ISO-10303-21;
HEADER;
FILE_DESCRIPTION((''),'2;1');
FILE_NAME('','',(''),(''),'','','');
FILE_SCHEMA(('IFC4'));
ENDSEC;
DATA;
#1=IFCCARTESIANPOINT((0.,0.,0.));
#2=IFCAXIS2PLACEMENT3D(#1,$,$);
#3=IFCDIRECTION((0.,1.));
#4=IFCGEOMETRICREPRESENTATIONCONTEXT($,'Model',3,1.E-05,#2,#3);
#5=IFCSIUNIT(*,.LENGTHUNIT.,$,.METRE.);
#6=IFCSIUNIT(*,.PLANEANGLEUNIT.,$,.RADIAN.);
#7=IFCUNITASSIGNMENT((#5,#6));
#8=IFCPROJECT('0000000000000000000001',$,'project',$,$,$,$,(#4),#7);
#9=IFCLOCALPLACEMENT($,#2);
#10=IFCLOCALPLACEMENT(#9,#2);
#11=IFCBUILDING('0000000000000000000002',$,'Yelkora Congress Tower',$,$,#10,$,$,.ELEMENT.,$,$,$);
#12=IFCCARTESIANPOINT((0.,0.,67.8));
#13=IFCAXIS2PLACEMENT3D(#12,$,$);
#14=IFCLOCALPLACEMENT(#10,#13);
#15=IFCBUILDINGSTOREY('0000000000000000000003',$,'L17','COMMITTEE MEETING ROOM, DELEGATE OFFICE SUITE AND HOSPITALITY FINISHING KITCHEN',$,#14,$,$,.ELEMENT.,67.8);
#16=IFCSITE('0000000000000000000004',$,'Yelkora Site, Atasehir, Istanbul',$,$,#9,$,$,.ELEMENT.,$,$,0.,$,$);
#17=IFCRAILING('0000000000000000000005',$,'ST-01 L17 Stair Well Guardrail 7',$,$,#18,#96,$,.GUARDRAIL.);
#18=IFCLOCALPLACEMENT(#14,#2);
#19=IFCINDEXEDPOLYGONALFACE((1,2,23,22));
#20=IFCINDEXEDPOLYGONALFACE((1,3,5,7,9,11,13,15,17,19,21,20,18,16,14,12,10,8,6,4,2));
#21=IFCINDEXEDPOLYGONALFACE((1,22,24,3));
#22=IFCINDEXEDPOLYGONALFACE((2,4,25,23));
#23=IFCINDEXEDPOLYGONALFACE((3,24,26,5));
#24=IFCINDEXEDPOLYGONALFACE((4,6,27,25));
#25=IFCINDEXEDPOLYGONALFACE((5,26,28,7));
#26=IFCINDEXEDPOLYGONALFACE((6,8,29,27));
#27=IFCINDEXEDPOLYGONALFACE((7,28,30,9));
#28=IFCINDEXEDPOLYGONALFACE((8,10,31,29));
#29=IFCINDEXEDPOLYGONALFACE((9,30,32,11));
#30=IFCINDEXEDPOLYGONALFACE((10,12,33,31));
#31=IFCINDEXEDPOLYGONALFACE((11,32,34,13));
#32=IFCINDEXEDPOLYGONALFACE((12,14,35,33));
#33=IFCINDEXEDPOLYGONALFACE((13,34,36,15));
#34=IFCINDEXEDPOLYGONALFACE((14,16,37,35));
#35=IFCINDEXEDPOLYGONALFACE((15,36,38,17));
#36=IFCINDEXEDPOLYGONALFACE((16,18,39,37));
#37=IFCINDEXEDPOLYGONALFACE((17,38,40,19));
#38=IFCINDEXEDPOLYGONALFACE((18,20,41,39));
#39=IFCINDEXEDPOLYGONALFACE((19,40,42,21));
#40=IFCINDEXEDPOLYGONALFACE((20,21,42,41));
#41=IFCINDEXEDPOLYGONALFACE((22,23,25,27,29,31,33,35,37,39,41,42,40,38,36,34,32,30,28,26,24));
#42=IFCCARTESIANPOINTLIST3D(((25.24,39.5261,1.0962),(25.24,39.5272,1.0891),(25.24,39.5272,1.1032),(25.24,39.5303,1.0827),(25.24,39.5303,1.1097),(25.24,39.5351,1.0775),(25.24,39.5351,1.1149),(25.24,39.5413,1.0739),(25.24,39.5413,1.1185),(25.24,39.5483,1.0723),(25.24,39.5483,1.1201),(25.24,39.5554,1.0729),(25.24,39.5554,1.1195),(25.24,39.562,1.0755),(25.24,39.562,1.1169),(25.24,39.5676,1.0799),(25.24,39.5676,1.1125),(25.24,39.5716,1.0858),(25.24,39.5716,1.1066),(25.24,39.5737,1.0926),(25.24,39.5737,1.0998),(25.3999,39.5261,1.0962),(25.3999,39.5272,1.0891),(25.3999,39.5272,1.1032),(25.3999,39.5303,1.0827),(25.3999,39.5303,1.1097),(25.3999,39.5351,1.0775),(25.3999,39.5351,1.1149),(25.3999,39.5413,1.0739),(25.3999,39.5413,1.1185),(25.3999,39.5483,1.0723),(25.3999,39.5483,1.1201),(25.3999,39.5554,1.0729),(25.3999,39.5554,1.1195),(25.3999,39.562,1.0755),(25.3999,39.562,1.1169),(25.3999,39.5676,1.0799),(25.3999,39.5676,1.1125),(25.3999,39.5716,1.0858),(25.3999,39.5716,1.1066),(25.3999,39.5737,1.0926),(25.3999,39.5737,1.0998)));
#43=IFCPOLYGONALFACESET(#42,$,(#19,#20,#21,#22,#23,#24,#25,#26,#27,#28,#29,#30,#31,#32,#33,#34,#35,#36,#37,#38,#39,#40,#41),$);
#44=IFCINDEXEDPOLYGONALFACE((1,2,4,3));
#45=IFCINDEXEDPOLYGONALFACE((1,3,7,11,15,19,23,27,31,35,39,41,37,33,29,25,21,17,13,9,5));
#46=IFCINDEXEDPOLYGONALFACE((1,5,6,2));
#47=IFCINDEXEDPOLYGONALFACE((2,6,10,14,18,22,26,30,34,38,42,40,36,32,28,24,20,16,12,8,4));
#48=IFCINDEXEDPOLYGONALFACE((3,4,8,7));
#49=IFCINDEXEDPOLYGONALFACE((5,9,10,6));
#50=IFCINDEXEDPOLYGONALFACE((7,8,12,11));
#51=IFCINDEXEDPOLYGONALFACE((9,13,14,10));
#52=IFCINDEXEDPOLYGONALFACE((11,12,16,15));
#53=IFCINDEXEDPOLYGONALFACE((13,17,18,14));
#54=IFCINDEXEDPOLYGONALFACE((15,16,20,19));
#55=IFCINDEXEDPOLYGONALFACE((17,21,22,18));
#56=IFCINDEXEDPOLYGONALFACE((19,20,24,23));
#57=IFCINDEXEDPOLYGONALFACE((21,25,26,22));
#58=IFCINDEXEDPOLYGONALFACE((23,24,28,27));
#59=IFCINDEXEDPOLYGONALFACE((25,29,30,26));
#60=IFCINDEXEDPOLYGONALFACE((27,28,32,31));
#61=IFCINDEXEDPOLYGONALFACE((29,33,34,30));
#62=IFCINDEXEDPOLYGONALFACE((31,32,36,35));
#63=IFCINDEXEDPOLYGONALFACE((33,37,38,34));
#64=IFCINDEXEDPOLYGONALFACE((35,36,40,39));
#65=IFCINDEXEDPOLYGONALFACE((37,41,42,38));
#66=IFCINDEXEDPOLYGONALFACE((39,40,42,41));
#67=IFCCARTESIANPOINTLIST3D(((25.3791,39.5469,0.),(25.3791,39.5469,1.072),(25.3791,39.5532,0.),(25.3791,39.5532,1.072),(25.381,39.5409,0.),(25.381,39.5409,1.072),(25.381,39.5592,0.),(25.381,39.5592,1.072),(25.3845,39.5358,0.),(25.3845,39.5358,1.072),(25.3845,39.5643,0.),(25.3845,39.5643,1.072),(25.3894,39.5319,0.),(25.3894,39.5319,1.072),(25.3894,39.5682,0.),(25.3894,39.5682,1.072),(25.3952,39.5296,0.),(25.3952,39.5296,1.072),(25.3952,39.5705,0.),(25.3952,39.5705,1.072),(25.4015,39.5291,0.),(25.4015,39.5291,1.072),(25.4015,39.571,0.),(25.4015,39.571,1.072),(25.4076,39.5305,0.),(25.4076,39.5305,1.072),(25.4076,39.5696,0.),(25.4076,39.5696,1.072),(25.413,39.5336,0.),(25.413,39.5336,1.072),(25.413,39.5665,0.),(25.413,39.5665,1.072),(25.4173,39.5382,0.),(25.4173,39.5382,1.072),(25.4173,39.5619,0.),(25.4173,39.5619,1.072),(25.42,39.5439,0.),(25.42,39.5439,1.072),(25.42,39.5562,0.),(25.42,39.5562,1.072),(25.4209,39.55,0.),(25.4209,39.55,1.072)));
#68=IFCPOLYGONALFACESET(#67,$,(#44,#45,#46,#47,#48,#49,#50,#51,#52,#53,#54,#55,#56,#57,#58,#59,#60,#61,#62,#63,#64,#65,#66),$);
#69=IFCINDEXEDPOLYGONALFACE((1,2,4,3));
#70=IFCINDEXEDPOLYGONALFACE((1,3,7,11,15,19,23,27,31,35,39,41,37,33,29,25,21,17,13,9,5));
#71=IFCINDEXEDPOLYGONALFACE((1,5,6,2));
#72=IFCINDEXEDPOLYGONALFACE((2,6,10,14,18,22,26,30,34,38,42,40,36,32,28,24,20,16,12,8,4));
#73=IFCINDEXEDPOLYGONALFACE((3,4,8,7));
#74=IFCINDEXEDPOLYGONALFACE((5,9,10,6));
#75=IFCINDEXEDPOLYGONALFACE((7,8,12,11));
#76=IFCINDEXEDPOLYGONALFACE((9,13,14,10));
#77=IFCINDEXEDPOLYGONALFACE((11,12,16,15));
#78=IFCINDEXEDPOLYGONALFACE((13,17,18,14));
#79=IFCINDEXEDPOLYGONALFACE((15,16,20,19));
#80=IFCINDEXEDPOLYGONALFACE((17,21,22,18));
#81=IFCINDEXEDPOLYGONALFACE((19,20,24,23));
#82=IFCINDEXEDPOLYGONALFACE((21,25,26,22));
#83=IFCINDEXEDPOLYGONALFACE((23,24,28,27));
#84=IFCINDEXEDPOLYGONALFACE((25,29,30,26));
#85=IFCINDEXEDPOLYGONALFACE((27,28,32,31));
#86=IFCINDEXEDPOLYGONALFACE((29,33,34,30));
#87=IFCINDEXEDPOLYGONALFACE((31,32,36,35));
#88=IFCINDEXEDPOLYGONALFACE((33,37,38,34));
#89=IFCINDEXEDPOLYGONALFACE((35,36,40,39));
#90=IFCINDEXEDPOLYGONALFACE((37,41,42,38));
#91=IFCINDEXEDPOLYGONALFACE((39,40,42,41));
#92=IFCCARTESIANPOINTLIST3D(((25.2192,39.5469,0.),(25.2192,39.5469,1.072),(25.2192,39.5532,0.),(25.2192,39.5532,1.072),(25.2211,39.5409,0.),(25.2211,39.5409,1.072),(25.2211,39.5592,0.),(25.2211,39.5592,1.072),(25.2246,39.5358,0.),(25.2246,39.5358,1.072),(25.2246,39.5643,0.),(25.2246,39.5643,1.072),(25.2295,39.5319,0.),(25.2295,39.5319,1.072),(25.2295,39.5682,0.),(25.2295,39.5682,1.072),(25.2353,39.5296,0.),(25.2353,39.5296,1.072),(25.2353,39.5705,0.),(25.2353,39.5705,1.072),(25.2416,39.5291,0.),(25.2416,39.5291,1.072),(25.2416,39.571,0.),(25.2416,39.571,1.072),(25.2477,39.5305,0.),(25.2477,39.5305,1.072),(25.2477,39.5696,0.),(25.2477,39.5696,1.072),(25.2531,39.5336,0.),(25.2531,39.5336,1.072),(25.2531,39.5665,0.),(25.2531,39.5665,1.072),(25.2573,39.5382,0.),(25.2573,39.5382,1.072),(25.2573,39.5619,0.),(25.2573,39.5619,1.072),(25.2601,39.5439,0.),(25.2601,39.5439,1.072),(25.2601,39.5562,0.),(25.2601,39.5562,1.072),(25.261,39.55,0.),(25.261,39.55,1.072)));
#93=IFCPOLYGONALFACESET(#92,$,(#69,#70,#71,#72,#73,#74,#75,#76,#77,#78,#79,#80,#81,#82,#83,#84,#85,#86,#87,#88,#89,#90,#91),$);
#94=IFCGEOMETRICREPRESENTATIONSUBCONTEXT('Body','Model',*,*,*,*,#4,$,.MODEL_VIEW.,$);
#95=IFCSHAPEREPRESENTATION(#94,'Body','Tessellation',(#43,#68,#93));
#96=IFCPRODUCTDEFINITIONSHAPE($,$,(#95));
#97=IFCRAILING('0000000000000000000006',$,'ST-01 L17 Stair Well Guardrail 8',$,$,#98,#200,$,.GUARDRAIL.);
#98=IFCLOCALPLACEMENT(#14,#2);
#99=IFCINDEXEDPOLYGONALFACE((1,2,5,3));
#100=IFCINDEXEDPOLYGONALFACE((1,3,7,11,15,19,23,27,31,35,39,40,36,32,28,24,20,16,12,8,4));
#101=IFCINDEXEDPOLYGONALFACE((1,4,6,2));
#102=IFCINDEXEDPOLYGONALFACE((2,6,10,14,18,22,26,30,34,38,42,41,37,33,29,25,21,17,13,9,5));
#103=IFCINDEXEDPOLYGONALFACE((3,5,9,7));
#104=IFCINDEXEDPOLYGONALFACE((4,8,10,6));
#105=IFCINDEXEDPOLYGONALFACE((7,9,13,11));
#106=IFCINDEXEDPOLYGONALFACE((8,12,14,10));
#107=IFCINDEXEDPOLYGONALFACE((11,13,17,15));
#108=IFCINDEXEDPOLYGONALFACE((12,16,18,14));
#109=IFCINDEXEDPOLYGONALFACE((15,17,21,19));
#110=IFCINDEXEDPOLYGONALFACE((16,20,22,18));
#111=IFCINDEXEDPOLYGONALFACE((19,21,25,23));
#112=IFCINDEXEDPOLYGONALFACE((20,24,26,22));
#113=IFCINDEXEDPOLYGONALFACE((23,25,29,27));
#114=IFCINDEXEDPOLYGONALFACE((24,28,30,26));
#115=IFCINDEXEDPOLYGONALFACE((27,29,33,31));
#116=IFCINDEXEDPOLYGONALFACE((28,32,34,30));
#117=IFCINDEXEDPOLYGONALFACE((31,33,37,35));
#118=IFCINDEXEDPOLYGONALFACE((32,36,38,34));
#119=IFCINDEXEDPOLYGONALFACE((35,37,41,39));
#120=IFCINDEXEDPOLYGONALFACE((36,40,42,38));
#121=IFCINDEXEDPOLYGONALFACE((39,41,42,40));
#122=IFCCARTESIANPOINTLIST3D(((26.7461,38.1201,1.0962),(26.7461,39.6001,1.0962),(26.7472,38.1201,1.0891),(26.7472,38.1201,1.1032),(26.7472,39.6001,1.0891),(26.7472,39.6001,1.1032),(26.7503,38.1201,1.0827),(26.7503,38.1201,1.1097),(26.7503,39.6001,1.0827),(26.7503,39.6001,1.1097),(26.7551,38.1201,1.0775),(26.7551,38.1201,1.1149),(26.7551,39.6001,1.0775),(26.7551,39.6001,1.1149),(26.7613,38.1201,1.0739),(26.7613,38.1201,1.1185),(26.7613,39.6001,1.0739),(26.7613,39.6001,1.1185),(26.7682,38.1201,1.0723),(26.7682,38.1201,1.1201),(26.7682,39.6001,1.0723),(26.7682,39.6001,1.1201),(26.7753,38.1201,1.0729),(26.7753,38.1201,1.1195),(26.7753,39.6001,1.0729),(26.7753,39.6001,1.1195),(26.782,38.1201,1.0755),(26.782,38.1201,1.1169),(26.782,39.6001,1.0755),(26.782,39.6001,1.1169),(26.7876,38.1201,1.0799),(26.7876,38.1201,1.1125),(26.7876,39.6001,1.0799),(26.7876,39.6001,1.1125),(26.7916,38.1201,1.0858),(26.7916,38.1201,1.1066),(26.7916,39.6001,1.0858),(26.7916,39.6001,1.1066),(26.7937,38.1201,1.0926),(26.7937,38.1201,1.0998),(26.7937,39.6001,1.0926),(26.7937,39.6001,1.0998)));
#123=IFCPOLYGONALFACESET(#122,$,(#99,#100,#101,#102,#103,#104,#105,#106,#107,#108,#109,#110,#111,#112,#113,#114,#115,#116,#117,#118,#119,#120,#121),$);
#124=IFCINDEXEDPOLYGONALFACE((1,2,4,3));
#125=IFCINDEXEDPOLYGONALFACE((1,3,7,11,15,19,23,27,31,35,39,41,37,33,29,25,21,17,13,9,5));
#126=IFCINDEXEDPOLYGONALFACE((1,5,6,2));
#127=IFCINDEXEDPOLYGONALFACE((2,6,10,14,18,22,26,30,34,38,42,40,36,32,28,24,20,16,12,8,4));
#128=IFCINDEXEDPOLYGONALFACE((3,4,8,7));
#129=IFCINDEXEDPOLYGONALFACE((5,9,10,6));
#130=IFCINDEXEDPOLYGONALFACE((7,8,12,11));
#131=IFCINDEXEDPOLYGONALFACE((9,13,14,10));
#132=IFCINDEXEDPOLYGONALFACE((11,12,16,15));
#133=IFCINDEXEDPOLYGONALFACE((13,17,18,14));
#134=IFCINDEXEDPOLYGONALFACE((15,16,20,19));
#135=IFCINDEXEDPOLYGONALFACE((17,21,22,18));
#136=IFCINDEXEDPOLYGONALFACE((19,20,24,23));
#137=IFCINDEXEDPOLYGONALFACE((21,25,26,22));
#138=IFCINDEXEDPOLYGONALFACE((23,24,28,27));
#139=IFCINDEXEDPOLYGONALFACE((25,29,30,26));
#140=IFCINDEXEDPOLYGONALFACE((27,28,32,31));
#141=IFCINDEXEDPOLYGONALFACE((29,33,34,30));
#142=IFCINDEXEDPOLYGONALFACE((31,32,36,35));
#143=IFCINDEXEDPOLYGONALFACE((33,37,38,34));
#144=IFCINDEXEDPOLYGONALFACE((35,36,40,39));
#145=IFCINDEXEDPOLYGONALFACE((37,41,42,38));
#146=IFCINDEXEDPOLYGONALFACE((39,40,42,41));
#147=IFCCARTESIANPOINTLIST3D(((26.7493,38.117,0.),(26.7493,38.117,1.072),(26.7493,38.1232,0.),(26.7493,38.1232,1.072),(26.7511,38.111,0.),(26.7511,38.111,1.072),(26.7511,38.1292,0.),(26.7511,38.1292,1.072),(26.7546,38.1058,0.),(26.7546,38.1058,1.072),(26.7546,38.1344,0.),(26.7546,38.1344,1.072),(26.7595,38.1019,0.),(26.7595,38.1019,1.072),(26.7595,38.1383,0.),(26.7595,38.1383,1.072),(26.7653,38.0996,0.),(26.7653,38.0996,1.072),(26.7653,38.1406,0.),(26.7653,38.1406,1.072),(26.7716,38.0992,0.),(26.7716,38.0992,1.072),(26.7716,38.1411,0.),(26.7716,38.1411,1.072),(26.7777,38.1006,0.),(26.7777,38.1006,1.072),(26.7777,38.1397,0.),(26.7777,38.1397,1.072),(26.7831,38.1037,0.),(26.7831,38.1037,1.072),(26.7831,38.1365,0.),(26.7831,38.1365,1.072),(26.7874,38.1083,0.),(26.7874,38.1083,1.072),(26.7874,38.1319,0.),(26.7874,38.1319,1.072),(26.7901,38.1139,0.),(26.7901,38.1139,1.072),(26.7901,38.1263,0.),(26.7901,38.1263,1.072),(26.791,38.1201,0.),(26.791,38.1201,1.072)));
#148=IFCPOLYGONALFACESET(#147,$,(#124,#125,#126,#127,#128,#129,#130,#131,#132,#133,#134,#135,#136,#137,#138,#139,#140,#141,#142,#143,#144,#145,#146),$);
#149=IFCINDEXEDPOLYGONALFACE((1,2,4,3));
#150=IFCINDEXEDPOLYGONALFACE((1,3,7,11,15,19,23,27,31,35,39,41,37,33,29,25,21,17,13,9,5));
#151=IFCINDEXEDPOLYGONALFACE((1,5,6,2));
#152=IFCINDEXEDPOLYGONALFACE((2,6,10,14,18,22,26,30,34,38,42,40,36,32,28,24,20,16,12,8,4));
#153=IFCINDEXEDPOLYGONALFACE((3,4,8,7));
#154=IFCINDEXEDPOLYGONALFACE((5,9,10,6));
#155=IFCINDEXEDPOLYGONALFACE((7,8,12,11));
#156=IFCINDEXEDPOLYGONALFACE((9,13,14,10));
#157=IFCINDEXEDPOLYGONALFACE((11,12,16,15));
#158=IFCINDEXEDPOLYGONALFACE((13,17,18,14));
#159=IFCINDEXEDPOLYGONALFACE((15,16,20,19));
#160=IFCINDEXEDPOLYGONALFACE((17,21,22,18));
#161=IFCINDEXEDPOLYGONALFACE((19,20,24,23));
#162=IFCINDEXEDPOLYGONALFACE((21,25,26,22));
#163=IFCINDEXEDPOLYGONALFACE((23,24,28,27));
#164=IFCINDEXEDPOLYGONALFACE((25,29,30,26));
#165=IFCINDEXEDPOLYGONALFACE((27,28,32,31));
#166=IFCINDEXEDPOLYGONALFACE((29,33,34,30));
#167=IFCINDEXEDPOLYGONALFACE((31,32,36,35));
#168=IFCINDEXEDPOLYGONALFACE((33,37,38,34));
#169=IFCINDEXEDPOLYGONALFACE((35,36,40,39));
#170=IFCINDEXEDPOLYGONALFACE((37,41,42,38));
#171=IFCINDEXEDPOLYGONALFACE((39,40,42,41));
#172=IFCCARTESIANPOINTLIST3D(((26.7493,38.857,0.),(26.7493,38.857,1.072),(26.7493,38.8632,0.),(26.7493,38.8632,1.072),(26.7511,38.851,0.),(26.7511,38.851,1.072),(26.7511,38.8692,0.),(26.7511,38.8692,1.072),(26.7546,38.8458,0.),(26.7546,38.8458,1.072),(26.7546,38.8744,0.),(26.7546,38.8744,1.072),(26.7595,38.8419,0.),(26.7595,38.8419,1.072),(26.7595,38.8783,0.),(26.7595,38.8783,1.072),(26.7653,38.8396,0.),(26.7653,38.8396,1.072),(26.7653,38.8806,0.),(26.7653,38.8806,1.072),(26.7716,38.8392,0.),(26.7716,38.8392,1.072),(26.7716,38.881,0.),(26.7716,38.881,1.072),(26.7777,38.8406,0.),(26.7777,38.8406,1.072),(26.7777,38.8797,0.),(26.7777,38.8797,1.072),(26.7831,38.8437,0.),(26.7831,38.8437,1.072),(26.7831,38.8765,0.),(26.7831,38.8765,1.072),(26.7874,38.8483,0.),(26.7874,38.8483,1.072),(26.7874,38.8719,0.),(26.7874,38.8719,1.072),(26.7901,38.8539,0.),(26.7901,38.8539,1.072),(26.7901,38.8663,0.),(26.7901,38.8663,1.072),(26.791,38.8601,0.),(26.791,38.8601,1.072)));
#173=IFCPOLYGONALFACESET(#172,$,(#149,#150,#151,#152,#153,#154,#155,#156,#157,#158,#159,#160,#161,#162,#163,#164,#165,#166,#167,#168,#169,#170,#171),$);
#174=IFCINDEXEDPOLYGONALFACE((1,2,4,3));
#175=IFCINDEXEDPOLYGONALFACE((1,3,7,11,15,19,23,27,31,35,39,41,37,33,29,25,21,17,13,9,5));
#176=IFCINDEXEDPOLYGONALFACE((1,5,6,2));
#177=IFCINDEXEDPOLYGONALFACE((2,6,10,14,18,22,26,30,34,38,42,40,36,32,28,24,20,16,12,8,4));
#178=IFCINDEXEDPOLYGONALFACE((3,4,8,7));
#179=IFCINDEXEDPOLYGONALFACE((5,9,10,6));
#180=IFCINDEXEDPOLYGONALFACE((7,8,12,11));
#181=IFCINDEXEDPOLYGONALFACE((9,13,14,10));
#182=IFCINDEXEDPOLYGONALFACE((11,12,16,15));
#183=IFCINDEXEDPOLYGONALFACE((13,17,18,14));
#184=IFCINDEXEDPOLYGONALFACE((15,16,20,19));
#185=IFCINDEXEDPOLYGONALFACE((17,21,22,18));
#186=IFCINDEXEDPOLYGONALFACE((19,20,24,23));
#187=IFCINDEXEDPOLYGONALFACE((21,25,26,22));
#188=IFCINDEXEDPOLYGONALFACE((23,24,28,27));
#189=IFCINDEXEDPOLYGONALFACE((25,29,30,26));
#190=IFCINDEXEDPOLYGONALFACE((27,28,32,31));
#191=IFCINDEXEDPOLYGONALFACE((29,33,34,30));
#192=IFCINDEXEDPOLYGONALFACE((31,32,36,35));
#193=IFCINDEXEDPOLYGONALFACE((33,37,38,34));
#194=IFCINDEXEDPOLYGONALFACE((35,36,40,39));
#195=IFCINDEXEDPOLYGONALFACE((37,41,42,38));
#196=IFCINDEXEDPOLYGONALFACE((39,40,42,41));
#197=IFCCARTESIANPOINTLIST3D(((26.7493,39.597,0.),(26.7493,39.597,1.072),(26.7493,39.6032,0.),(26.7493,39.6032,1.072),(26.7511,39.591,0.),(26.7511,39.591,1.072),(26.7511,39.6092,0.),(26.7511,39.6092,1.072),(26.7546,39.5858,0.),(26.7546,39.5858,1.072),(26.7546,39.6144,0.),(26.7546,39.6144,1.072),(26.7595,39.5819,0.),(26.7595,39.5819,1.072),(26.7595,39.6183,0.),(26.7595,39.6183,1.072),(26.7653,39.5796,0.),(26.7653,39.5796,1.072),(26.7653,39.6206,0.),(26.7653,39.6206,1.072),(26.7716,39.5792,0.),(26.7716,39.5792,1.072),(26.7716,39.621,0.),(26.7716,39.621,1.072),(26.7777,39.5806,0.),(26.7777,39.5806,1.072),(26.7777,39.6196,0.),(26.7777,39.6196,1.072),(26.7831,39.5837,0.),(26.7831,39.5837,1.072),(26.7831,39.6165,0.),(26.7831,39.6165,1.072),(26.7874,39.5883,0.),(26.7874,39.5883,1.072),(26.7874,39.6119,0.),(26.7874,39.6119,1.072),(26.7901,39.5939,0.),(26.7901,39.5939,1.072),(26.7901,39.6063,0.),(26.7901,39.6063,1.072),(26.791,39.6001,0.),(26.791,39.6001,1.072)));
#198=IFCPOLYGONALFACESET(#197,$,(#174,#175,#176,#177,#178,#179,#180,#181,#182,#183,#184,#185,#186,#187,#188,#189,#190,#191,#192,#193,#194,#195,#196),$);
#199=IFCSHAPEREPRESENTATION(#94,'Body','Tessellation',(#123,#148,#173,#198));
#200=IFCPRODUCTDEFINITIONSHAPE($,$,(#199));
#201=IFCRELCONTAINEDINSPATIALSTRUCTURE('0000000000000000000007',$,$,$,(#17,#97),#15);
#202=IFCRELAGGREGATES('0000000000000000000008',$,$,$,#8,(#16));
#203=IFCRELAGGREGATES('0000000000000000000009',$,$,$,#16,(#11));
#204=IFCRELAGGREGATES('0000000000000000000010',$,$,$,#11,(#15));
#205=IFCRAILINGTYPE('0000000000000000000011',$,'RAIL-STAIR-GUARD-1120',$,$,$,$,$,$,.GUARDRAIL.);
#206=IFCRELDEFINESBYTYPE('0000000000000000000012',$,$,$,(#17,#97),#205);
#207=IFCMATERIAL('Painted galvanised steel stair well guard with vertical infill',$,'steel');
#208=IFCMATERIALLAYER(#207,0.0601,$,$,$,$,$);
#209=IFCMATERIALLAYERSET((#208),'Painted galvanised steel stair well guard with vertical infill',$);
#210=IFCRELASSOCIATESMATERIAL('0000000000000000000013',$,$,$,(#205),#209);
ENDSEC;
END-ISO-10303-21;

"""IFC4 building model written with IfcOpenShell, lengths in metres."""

from ifc_helpers import new_model, si_unit, direction, frame, origin, origin_2d, place, context, subcontext, project, spatial, circle, extrude, material, layer, layer_set, type_object, element, save


model = new_model("IFC4")

# Units and contexts
model_context = context("Model", 3, precision=1e-05, world=origin(), true_north=direction((0.0, 1.0)))
body_context = subcontext(model_context, "Body", "Model", "MODEL_VIEW")
ifc_project = project(units=[si_unit("LENGTHUNIT", "METRE"), si_unit("PLANEANGLEUNIT", "RADIAN")], contexts=[model_context])

# Site, building, storey
site_placement = place(None, origin())
site = spatial("IfcSite", under=ifc_project, at=site_placement, Name="Yelkora Site, Atasehir, Istanbul", CompositionType="ELEMENT", RefElevation=0.0)
building_placement = place(site_placement, origin())
building = spatial("IfcBuilding", under=site, at=building_placement, Name="Yelkora Congress Tower", CompositionType="ELEMENT")
storey_placement = place(building_placement, frame((0.0, 0.0, 67.8)))
storey = spatial("IfcBuildingStorey", under=building, at=storey_placement, Name="L17", Description="COMMITTEE MEETING ROOM, DELEGATE OFFICE SUITE AND HOSPITALITY FINISHING KITCHEN", CompositionType="ELEMENT", Elevation=67.8)

# Railings
ifc_material_1 = material(Name="Painted galvanised steel stair well guard with vertical infill", Category="steel")
ifc_layer_1 = layer(ifc_material_1, 0.0601)
ifc_layer_set_1 = layer_set([ifc_layer_1], Name="Painted galvanised steel stair well guard with vertical infill")
railing_type_1 = type_object("IfcRailingType", Name="RAIL-STAIR-GUARD-1120", PredefinedType="GUARDRAIL", material=ifc_layer_set_1)
railing_1_placement = place(storey_placement, frame((25.3999, 39.55, 0.0)))
element("IfcRailing", 1, at=railing_1_placement, inside=storey, type_object=railing_type_1, Name="ST-01 L17 Stair Well Guardrail 7", PredefinedType="GUARDRAIL", context=body_context, shape_type="SweptSolid", body=[
    extrude(circle(Radius=0.0239, at=origin_2d()), frame((0.0, 0.0, 1.0962), z_axis=(-1.0, 0.0, 0.0), x_axis=(0.0, -1.0, 0.0)), (0.0, 0.0, 1.0), 0.1599),
    extrude(circle(Radius=0.021, at=origin_2d()), origin(), (0.0, 0.0, 1.0), 1.072),
    extrude(circle(Radius=0.021, at=origin_2d()), frame((-0.1599, 0.0, 0.0)), (0.0, 0.0, 1.0), 1.072),
])
for number, where, name in (
    (2, (26.77, 38.1201, 0.0), "ST-01 L17 Stair Well Guardrail 8"),
):
    element("IfcRailing", number, at=place(storey_placement, frame(where)), inside=storey, type_object=railing_type_1, Name=name, PredefinedType="GUARDRAIL", context=body_context, shape_type="SweptSolid", body=[
        extrude(circle(Radius=0.0239, at=origin_2d()), frame((0.0, 0.0, 1.0962), z_axis=(0.0, 1.0, 0.0), x_axis=(-1.0, 0.0, 0.0)), (0.0, 0.0, 1.0), 1.48),
        extrude(circle(Radius=0.021, at=origin_2d()), origin(), (0.0, 0.0, 1.0), 1.072),
        extrude(circle(Radius=0.021, at=origin_2d()), frame((0.0, 0.74, 0.0)), (0.0, 0.0, 1.0), 1.072),
        extrude(circle(Radius=0.021, at=origin_2d()), frame((0.0, 1.48, 0.0)), (0.0, 0.0, 1.0), 1.072),
    ])

save(model, "model.ifc")
